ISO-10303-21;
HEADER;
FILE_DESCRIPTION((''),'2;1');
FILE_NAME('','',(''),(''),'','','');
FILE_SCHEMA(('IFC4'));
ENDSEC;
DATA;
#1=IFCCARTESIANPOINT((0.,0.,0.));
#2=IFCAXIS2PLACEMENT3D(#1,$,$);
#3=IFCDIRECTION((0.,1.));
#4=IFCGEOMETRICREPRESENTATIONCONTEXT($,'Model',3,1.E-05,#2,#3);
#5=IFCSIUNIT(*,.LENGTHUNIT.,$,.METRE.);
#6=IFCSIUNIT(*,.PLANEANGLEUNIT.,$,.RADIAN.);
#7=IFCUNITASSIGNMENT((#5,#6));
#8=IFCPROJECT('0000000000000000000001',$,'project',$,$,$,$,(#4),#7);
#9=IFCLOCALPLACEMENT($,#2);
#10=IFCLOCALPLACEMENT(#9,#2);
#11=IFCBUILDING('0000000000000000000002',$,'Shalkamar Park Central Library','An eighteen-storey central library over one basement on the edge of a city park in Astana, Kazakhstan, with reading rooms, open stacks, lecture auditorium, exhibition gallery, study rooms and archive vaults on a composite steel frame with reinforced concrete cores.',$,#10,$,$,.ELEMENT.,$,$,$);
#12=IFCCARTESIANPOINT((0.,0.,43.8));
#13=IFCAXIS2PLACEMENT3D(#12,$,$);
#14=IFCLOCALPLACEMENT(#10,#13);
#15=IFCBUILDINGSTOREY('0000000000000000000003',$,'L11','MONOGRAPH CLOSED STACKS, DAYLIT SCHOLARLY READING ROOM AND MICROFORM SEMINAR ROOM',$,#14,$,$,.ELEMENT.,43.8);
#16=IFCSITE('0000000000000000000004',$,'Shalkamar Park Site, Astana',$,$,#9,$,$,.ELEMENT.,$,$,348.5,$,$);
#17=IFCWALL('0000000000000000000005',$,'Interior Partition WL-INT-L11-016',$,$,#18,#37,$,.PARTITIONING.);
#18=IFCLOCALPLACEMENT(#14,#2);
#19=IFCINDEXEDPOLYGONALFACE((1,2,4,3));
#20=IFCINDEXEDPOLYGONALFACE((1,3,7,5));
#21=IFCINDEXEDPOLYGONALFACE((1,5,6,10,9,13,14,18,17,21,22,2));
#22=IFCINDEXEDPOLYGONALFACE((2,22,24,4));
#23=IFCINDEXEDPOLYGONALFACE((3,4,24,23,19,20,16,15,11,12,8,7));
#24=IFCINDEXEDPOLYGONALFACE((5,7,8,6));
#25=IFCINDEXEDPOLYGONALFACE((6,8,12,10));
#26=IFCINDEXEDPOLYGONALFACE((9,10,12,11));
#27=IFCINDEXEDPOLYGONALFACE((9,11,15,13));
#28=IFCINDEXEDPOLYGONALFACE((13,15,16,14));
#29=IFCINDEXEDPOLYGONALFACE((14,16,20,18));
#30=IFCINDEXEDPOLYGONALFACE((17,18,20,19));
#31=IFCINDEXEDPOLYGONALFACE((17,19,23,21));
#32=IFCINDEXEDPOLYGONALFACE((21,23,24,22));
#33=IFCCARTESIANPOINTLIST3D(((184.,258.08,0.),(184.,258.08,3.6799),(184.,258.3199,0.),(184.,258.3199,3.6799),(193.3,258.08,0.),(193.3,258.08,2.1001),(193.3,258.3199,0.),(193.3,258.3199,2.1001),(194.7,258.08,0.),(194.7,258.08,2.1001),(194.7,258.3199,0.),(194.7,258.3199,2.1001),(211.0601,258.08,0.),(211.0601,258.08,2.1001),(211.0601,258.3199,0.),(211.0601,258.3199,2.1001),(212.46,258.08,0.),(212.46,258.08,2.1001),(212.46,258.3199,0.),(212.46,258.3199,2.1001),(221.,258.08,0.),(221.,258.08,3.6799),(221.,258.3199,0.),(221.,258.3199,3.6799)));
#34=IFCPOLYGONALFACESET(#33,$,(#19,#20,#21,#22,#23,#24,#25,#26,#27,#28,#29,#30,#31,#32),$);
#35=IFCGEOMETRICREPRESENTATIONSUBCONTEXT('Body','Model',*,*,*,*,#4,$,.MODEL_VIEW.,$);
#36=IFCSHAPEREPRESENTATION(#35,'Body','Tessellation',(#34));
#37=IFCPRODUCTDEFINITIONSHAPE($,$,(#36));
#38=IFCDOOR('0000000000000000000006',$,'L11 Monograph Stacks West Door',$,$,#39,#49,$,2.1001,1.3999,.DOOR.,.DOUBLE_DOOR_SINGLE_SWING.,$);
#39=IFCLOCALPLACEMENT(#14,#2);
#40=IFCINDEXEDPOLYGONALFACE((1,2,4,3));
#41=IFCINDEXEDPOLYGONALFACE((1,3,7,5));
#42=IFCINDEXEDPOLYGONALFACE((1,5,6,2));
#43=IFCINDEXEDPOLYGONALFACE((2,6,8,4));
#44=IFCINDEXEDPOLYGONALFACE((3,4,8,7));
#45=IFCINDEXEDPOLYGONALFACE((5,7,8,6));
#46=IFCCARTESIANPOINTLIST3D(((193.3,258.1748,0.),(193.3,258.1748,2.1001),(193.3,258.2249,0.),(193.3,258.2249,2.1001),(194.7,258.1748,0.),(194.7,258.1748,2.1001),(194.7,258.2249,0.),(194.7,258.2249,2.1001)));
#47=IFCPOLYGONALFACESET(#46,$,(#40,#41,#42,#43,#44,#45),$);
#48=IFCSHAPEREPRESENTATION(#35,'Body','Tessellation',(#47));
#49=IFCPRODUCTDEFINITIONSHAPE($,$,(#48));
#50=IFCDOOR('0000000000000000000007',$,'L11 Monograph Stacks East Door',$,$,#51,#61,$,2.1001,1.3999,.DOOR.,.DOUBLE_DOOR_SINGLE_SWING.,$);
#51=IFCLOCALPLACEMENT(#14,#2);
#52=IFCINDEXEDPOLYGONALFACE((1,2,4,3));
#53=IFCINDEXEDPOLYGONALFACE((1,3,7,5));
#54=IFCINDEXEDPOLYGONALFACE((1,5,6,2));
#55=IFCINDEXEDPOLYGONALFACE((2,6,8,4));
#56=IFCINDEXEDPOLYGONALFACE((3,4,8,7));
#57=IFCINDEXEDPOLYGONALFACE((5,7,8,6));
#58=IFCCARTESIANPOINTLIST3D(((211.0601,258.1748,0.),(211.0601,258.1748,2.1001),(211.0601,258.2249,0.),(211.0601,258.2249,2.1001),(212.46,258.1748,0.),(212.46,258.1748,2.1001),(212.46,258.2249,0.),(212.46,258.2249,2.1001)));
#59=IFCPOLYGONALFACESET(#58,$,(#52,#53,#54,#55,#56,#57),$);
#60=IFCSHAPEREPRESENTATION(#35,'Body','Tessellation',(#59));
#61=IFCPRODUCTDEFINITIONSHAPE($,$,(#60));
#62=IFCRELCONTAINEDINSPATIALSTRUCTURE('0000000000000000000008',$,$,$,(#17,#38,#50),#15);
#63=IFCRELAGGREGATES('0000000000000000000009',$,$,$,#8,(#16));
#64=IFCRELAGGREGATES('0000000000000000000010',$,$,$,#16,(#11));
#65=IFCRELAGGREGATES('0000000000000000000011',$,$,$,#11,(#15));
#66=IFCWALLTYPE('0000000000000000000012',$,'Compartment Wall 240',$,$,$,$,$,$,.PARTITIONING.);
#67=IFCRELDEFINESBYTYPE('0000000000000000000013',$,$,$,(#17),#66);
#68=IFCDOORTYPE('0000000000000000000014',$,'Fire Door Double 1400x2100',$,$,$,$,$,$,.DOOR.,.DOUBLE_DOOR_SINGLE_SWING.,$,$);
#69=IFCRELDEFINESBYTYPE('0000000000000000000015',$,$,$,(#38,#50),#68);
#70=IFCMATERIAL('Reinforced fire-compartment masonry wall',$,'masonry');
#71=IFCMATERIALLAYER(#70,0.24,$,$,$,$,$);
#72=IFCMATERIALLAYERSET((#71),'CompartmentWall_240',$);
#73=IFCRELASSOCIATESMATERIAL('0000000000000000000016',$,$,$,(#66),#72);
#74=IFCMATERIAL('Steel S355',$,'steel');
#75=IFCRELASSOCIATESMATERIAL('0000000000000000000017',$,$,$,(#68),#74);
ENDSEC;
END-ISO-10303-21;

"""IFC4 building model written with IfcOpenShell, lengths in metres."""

from ifc_helpers import new_model, si_unit, direction, frame, frame_2d, origin, place, context, subcontext, project, spatial, rectangle, extrude, material, layer, layer_set, type_object, element, fill, save


model = new_model("IFC4")

# Units and contexts
model_context = context("Model", 3, precision=1e-05, world=origin(), true_north=direction((0.0, 1.0)))
body_context = subcontext(model_context, "Body", "Model", "MODEL_VIEW")
ifc_project = project(units=[si_unit("LENGTHUNIT", "METRE"), si_unit("PLANEANGLEUNIT", "RADIAN")], contexts=[model_context])

# Site, building, storey
site_placement = place(None, origin())
site = spatial("IfcSite", under=ifc_project, at=site_placement, Name="Shalkamar Park Site, Astana", CompositionType="ELEMENT", RefElevation=348.5)
building_placement = place(site_placement, origin())
building = spatial("IfcBuilding", under=site, at=building_placement, Name="Shalkamar Park Central Library", Description="An eighteen-storey central library over one basement on the edge of a city park in Astana, Kazakhstan, with reading rooms, open stacks, lecture auditorium, exhibition gallery, study rooms and archive vaults on a composite steel frame with reinforced concrete cores.", CompositionType="ELEMENT")
storey_placement = place(building_placement, frame((0.0, 0.0, 43.8)))
storey = spatial("IfcBuildingStorey", under=building, at=storey_placement, Name="L11", Description="MONOGRAPH CLOSED STACKS, DAYLIT SCHOLARLY READING ROOM AND MICROFORM SEMINAR ROOM", CompositionType="ELEMENT", Elevation=43.8)

# Shared definitions
ifc_material_1 = material(Name="Steel S355", Category="steel")

# Shared definitions
ifc_material_2 = material(Name="Reinforced fire-compartment masonry wall", Category="masonry")
ifc_layer = layer(ifc_material_2, 0.24)
ifc_layer_set = layer_set([ifc_layer], Name="CompartmentWall_240")
wall_type = type_object("IfcWallType", Name="Compartment Wall 240", PredefinedType="PARTITIONING", material=ifc_layer_set)

# Wall, openings, doors
wall_1_placement = place(storey_placement, frame((184.0, 258.2, 0.0), z_axis=(0.0, 0.0, 1.0), x_axis=(1.0, 0.0, 0.0)))
wall_1 = element("IfcWall", 1, at=wall_1_placement, inside=storey, type_object=wall_type, Name="Interior Partition WL-INT-L11-016", PredefinedType="PARTITIONING", context=body_context, shape_type="SweptSolid", body=[
    extrude(rectangle(XDim=37.0, YDim=0.24, at=frame_2d((18.5, 0.0))), origin(), (0.0, 0.0, 1.0), 3.6799),
])
opening_1_placement = place(wall_1_placement, frame((9.3, 0.0, 0.0)))
opening_1 = element("IfcOpeningElement", 2, at=opening_1_placement, cuts=wall_1, PredefinedType="OPENING", context=body_context, shape_type="SweptSolid", body=[
    extrude(rectangle(XDim=1.3999, YDim=2.1001, at=frame_2d((0.7, 1.05))), frame((0.0, 0.1348, 0.0), z_axis=(0.0, -1.0, 0.0), x_axis=(1.0, 0.0, 0.0)), (0.0, 0.0, 1.0), 0.2698),
])
opening_2_placement = place(wall_1_placement, frame((27.0601, 0.0, 0.0)))
opening_2 = element("IfcOpeningElement", 3, at=opening_2_placement, cuts=wall_1, PredefinedType="OPENING", context=body_context, shape_type="SweptSolid", body=[
    extrude(rectangle(XDim=1.3999, YDim=2.1001, at=frame_2d((0.7, 1.05))), frame((0.0, 0.1348, 0.0), z_axis=(0.0, -1.0, 0.0), x_axis=(1.0, 0.0, 0.0)), (0.0, 0.0, 1.0), 0.2698),
])
door_type_1 = type_object("IfcDoorType", Name="Fire Door Double 1400x2100", OperationType="DOUBLE_DOOR_SINGLE_SWING", PredefinedType="DOOR", material=ifc_material_1)
door_1_placement = place(opening_1_placement, origin())
door_1 = element("IfcDoor", 4, at=door_1_placement, inside=storey, type_object=door_type_1, Name="L11 Monograph Stacks West Door", OperationType="DOUBLE_DOOR_SINGLE_SWING", OverallHeight=2.1001, OverallWidth=1.3999, PredefinedType="DOOR", context=body_context, shape_type="SweptSolid", body=[
    extrude(rectangle(XDim=1.3999, YDim=2.1001, at=frame_2d((0.7, 1.05))), frame((0.0, 0.0249, 0.0), z_axis=(0.0, -1.0, 0.0), x_axis=(1.0, 0.0, 0.0)), (0.0, 0.0, 1.0), 0.05),
])
fill(opening_1, door_1)
door_2_placement = place(opening_2_placement, origin())
door_2 = element("IfcDoor", 5, at=door_2_placement, inside=storey, type_object=door_type_1, Name="L11 Monograph Stacks East Door", OperationType="DOUBLE_DOOR_SINGLE_SWING", OverallHeight=2.1001, OverallWidth=1.3999, PredefinedType="DOOR", context=body_context, shape_type="SweptSolid", body=[
    extrude(rectangle(XDim=1.3999, YDim=2.1001, at=frame_2d((0.7, 1.05))), frame((0.0, 0.0249, 0.0), z_axis=(0.0, -1.0, 0.0), x_axis=(1.0, 0.0, 0.0)), (0.0, 0.0, 1.0), 0.05),
])
fill(opening_2, door_2)

save(model, "model.ifc")
